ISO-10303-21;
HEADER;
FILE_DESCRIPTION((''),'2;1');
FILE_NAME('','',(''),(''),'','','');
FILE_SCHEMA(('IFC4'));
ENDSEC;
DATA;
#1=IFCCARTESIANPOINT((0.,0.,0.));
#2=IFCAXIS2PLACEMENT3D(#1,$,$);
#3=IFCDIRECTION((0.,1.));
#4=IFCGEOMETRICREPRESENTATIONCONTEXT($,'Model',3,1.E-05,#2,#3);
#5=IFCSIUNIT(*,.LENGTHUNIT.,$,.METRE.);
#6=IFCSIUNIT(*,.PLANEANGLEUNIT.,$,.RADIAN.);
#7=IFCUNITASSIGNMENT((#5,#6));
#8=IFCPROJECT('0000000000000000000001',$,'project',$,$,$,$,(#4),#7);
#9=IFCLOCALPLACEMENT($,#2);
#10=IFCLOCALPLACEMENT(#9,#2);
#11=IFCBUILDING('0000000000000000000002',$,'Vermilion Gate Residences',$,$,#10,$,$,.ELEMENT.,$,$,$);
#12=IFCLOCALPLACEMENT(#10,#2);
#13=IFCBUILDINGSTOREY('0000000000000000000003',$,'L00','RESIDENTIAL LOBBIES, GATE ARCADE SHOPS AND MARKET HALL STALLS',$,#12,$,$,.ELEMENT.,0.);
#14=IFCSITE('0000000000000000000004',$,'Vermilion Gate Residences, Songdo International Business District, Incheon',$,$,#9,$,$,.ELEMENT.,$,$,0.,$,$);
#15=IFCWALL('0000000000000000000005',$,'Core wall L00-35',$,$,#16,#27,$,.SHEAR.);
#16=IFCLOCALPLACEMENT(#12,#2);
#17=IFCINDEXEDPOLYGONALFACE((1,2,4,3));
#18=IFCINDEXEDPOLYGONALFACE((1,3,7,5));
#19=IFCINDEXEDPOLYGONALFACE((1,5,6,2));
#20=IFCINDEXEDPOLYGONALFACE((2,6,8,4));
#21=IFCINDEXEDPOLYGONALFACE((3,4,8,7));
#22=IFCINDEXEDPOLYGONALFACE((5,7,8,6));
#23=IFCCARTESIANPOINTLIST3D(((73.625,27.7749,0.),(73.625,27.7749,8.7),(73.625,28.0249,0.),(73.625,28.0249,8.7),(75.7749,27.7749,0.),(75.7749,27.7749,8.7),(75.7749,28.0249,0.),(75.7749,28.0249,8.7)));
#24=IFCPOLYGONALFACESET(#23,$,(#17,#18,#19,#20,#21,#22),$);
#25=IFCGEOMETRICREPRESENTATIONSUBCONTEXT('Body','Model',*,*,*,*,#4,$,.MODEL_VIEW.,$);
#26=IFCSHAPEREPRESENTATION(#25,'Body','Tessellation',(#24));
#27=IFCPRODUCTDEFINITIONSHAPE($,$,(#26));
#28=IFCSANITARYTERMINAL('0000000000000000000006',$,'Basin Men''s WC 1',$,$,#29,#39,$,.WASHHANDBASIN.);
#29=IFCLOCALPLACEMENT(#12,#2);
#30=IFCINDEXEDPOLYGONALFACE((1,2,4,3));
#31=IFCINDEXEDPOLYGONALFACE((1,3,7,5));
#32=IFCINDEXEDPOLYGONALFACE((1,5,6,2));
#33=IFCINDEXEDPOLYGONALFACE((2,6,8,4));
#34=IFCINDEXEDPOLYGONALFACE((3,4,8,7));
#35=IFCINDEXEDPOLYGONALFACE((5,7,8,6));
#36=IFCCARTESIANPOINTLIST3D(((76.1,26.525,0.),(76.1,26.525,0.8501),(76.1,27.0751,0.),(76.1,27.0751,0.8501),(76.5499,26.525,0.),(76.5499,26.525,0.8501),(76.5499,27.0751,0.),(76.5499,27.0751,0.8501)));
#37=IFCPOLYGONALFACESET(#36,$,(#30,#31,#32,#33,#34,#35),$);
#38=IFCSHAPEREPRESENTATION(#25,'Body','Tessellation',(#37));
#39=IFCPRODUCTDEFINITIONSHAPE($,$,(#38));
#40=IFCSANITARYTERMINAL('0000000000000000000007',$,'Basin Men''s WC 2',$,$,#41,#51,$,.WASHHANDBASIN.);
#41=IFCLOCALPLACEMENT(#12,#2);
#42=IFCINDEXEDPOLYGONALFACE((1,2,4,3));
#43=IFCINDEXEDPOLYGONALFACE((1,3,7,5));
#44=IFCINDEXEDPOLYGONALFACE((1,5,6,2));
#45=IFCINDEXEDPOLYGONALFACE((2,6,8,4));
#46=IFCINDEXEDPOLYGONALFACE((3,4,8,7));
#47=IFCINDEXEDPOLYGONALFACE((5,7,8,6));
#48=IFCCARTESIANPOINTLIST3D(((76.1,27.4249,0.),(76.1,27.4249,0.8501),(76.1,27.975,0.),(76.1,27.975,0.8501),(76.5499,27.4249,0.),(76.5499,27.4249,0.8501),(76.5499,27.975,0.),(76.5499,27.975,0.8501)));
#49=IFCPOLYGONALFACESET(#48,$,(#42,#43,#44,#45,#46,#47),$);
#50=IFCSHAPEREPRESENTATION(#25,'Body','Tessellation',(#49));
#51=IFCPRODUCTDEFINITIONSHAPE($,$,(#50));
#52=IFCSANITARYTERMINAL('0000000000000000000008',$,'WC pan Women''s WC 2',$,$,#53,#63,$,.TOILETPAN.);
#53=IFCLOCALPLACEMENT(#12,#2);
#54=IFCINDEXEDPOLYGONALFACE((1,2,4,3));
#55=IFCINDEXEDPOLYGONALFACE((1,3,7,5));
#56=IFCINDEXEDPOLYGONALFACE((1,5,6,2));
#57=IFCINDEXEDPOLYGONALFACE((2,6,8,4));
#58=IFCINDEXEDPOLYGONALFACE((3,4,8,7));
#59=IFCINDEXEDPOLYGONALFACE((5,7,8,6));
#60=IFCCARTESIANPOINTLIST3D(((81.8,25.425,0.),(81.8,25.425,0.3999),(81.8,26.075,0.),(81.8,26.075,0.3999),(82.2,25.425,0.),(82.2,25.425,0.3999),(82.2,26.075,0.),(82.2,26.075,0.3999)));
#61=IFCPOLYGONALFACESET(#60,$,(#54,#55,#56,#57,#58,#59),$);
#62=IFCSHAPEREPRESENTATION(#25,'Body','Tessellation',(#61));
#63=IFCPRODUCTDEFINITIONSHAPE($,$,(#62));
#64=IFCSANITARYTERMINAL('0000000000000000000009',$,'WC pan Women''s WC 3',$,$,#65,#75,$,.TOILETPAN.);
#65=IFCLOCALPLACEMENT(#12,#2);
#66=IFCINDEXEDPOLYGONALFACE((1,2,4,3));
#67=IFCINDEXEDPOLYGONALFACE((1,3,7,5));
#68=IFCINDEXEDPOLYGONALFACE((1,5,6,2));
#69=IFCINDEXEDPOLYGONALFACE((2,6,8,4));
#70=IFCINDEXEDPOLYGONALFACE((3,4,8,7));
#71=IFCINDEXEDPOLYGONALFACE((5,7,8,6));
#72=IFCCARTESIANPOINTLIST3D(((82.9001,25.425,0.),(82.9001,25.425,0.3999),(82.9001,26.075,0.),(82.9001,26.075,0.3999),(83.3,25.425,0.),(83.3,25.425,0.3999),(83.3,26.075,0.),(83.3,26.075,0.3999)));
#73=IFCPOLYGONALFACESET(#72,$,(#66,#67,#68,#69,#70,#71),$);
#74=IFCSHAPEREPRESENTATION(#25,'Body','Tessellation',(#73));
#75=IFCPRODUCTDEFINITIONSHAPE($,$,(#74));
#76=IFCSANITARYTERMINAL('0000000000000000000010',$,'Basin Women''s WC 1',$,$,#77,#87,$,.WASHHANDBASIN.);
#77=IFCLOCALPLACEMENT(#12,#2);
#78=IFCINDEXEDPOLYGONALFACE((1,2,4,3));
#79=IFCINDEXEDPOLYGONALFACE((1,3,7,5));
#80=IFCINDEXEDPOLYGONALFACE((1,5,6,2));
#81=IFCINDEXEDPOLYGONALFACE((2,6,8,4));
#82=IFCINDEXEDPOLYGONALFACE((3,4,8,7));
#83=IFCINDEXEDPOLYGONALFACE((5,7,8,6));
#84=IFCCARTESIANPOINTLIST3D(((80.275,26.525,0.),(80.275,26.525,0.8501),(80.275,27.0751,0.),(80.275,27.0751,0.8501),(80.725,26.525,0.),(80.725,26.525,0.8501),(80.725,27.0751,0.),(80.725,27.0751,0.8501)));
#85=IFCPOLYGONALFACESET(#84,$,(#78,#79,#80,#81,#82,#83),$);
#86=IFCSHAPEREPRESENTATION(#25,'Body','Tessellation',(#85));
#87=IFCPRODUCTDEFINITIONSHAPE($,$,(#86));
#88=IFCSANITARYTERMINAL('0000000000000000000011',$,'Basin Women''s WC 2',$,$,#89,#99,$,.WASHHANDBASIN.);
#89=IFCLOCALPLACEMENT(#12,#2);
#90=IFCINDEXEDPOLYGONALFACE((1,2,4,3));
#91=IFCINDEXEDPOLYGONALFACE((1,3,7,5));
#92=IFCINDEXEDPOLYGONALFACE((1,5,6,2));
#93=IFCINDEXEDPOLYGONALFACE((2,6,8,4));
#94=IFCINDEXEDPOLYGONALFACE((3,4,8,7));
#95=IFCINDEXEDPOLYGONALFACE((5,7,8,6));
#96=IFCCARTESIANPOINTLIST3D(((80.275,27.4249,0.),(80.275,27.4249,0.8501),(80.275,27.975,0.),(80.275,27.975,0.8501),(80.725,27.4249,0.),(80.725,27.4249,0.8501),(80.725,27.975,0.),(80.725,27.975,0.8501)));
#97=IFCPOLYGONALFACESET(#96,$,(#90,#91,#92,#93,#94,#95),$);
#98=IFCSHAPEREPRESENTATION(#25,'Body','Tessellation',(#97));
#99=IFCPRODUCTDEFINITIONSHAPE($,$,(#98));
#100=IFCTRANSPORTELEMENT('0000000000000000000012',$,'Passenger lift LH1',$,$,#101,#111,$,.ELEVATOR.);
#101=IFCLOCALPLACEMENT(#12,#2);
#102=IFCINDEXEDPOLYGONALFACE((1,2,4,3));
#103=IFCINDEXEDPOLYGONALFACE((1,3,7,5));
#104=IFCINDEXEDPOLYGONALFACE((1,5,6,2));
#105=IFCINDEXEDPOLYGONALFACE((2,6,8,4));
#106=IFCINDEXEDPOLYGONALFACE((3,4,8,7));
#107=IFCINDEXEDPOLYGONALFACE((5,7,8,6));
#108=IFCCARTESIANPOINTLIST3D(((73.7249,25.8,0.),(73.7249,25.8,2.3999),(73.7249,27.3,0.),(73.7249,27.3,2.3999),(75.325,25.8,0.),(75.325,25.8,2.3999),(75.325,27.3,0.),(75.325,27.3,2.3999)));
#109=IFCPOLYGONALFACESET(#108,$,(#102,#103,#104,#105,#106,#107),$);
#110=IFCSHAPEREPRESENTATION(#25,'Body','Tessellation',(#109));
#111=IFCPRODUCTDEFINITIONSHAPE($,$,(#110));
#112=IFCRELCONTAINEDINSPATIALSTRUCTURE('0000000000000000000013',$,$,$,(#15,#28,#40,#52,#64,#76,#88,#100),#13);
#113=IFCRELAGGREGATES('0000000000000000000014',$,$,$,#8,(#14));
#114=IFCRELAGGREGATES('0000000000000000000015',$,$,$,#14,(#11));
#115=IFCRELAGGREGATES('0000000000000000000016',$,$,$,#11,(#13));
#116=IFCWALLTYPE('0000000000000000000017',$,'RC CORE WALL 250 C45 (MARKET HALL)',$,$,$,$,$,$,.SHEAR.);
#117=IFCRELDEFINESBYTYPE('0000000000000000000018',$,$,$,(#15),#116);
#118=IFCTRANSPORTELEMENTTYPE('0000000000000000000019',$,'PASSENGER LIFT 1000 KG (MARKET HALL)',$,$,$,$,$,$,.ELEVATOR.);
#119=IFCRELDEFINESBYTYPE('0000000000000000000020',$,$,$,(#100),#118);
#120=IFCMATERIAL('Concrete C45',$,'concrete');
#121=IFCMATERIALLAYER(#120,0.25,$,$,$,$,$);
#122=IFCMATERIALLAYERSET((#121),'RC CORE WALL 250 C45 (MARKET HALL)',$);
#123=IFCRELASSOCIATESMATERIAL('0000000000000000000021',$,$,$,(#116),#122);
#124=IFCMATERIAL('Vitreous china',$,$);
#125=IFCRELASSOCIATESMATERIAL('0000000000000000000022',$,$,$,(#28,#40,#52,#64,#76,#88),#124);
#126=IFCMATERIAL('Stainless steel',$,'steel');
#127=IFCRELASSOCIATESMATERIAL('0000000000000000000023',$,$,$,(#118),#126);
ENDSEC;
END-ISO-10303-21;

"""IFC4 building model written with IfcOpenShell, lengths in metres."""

from ifc_helpers import new_model, si_unit, direction, frame, frame_2d, origin, origin_2d, place, context, subcontext, project, spatial, rectangle, extrude, material, layer, layer_set, type_object, element, save


model = new_model("IFC4")

# Units and contexts
model_context = context("Model", 3, precision=1e-05, world=origin(), true_north=direction((0.0, 1.0)))
body_context = subcontext(model_context, "Body", "Model", "MODEL_VIEW")
ifc_project = project(units=[si_unit("LENGTHUNIT", "METRE"), si_unit("PLANEANGLEUNIT", "RADIAN")], contexts=[model_context])

# Site, building, storey
site_placement = place(None, origin())
site = spatial("IfcSite", under=ifc_project, at=site_placement, Name="Vermilion Gate Residences, Songdo International Business District, Incheon", CompositionType="ELEMENT", RefElevation=0.0)
building_placement = place(site_placement, origin())
building = spatial("IfcBuilding", under=site, at=building_placement, Name="Vermilion Gate Residences", CompositionType="ELEMENT")
storey_placement = place(building_placement, origin())
storey = spatial("IfcBuildingStorey", under=building, at=storey_placement, Name="L00", Description="RESIDENTIAL LOBBIES, GATE ARCADE SHOPS AND MARKET HALL STALLS", CompositionType="ELEMENT", Elevation=0.0)

# Wall
ifc_material_1 = material(Name="Concrete C45", Category="concrete")
ifc_layer_1 = layer(ifc_material_1, 0.25)
ifc_layer_set_1 = layer_set([ifc_layer_1], Name="RC CORE WALL 250 C45 (MARKET HALL)")
wall_type_1 = type_object("IfcWallType", Name="RC CORE WALL 250 C45 (MARKET HALL)", PredefinedType="SHEAR", material=ifc_layer_set_1)
wall_1_placement = place(storey_placement, frame((73.625, 27.8999, 0.0), z_axis=(0.0, 0.0, 1.0), x_axis=(1.0, 0.0, 0.0)))
element("IfcWall", 1, at=wall_1_placement, inside=storey, type_object=wall_type_1, Name="Core wall L00-35", PredefinedType="SHEAR", context=body_context, shape_type="SweptSolid", body=[
    extrude(rectangle(XDim=2.1499, YDim=0.25, at=frame_2d((1.075, 0.0))), origin(), (0.0, 0.0, 1.0), 8.7),
])

# Sanitary terminals
ifc_material_2 = material(Name="Vitreous china")
for number, where, z_axis, x_axis, name in (
    (2, (76.325, 26.8, 0.0), (0.0, 0.0, 1.0), (1.0, 0.0, 0.0), "Basin Men's WC 1"),
    (3, (76.325, 27.7, 0.0), (0.0, 0.0, 1.0), (1.0, 0.0, 0.0), "Basin Men's WC 2"),
):
    element("IfcSanitaryTerminal", number, at=place(storey_placement, frame(where, z_axis=z_axis, x_axis=x_axis)), inside=storey, material=ifc_material_2, Name=name, PredefinedType="WASHHANDBASIN", context=body_context, shape_type="SweptSolid", body=[
        extrude(rectangle(XDim=0.45, YDim=0.55, at=origin_2d()), origin(), (0.0, 0.0, 1.0), 0.8501),
    ])
for number, where, z_axis, x_axis, name in (
    (4, (82.0, 25.75, 0.0), (0.0, 0.0, 1.0), (1.0, 0.0, 0.0), "WC pan Women's WC 2"),
    (5, (83.1001, 25.75, 0.0), (0.0, 0.0, 1.0), (1.0, 0.0, 0.0), "WC pan Women's WC 3"),
):
    element("IfcSanitaryTerminal", number, at=place(storey_placement, frame(where, z_axis=z_axis, x_axis=x_axis)), inside=storey, material=ifc_material_2, Name=name, PredefinedType="TOILETPAN", context=body_context, shape_type="SweptSolid", body=[
        extrude(rectangle(XDim=0.3999, YDim=0.6499, at=origin_2d()), origin(), (0.0, 0.0, 1.0), 0.3999),
    ])
for number, where, z_axis, x_axis, name in (
    (6, (80.5, 26.8, 0.0), (0.0, 0.0, 1.0), (1.0, 0.0, 0.0), "Basin Women's WC 1"),
    (7, (80.5, 27.7, 0.0), (0.0, 0.0, 1.0), (1.0, 0.0, 0.0), "Basin Women's WC 2"),
):
    element("IfcSanitaryTerminal", number, at=place(storey_placement, frame(where, z_axis=z_axis, x_axis=x_axis)), inside=storey, material=ifc_material_2, Name=name, PredefinedType="WASHHANDBASIN", context=body_context, shape_type="SweptSolid", body=[
        extrude(rectangle(XDim=0.45, YDim=0.55, at=origin_2d()), origin(), (0.0, 0.0, 1.0), 0.8501),
    ])

# Transport element
ifc_material_3 = material(Name="Stainless steel", Category="steel")
transport_element_type = type_object("IfcTransportElementType", Name="PASSENGER LIFT 1000 KG (MARKET HALL)", PredefinedType="ELEVATOR", material=ifc_material_3)
transport_element_placement = place(storey_placement, frame((74.5249, 26.55, 0.0), z_axis=(0.0, 0.0, 1.0), x_axis=(1.0, 0.0, 0.0)))
element("IfcTransportElement", 8, at=transport_element_placement, inside=storey, type_object=transport_element_type, Name="Passenger lift LH1", PredefinedType="ELEVATOR", context=body_context, shape_type="SweptSolid", body=[
    extrude(rectangle(XDim=1.6001, YDim=1.5, at=origin_2d()), origin(), (0.0, 0.0, 1.0), 2.3999),
])

save(model, "model.ifc")
